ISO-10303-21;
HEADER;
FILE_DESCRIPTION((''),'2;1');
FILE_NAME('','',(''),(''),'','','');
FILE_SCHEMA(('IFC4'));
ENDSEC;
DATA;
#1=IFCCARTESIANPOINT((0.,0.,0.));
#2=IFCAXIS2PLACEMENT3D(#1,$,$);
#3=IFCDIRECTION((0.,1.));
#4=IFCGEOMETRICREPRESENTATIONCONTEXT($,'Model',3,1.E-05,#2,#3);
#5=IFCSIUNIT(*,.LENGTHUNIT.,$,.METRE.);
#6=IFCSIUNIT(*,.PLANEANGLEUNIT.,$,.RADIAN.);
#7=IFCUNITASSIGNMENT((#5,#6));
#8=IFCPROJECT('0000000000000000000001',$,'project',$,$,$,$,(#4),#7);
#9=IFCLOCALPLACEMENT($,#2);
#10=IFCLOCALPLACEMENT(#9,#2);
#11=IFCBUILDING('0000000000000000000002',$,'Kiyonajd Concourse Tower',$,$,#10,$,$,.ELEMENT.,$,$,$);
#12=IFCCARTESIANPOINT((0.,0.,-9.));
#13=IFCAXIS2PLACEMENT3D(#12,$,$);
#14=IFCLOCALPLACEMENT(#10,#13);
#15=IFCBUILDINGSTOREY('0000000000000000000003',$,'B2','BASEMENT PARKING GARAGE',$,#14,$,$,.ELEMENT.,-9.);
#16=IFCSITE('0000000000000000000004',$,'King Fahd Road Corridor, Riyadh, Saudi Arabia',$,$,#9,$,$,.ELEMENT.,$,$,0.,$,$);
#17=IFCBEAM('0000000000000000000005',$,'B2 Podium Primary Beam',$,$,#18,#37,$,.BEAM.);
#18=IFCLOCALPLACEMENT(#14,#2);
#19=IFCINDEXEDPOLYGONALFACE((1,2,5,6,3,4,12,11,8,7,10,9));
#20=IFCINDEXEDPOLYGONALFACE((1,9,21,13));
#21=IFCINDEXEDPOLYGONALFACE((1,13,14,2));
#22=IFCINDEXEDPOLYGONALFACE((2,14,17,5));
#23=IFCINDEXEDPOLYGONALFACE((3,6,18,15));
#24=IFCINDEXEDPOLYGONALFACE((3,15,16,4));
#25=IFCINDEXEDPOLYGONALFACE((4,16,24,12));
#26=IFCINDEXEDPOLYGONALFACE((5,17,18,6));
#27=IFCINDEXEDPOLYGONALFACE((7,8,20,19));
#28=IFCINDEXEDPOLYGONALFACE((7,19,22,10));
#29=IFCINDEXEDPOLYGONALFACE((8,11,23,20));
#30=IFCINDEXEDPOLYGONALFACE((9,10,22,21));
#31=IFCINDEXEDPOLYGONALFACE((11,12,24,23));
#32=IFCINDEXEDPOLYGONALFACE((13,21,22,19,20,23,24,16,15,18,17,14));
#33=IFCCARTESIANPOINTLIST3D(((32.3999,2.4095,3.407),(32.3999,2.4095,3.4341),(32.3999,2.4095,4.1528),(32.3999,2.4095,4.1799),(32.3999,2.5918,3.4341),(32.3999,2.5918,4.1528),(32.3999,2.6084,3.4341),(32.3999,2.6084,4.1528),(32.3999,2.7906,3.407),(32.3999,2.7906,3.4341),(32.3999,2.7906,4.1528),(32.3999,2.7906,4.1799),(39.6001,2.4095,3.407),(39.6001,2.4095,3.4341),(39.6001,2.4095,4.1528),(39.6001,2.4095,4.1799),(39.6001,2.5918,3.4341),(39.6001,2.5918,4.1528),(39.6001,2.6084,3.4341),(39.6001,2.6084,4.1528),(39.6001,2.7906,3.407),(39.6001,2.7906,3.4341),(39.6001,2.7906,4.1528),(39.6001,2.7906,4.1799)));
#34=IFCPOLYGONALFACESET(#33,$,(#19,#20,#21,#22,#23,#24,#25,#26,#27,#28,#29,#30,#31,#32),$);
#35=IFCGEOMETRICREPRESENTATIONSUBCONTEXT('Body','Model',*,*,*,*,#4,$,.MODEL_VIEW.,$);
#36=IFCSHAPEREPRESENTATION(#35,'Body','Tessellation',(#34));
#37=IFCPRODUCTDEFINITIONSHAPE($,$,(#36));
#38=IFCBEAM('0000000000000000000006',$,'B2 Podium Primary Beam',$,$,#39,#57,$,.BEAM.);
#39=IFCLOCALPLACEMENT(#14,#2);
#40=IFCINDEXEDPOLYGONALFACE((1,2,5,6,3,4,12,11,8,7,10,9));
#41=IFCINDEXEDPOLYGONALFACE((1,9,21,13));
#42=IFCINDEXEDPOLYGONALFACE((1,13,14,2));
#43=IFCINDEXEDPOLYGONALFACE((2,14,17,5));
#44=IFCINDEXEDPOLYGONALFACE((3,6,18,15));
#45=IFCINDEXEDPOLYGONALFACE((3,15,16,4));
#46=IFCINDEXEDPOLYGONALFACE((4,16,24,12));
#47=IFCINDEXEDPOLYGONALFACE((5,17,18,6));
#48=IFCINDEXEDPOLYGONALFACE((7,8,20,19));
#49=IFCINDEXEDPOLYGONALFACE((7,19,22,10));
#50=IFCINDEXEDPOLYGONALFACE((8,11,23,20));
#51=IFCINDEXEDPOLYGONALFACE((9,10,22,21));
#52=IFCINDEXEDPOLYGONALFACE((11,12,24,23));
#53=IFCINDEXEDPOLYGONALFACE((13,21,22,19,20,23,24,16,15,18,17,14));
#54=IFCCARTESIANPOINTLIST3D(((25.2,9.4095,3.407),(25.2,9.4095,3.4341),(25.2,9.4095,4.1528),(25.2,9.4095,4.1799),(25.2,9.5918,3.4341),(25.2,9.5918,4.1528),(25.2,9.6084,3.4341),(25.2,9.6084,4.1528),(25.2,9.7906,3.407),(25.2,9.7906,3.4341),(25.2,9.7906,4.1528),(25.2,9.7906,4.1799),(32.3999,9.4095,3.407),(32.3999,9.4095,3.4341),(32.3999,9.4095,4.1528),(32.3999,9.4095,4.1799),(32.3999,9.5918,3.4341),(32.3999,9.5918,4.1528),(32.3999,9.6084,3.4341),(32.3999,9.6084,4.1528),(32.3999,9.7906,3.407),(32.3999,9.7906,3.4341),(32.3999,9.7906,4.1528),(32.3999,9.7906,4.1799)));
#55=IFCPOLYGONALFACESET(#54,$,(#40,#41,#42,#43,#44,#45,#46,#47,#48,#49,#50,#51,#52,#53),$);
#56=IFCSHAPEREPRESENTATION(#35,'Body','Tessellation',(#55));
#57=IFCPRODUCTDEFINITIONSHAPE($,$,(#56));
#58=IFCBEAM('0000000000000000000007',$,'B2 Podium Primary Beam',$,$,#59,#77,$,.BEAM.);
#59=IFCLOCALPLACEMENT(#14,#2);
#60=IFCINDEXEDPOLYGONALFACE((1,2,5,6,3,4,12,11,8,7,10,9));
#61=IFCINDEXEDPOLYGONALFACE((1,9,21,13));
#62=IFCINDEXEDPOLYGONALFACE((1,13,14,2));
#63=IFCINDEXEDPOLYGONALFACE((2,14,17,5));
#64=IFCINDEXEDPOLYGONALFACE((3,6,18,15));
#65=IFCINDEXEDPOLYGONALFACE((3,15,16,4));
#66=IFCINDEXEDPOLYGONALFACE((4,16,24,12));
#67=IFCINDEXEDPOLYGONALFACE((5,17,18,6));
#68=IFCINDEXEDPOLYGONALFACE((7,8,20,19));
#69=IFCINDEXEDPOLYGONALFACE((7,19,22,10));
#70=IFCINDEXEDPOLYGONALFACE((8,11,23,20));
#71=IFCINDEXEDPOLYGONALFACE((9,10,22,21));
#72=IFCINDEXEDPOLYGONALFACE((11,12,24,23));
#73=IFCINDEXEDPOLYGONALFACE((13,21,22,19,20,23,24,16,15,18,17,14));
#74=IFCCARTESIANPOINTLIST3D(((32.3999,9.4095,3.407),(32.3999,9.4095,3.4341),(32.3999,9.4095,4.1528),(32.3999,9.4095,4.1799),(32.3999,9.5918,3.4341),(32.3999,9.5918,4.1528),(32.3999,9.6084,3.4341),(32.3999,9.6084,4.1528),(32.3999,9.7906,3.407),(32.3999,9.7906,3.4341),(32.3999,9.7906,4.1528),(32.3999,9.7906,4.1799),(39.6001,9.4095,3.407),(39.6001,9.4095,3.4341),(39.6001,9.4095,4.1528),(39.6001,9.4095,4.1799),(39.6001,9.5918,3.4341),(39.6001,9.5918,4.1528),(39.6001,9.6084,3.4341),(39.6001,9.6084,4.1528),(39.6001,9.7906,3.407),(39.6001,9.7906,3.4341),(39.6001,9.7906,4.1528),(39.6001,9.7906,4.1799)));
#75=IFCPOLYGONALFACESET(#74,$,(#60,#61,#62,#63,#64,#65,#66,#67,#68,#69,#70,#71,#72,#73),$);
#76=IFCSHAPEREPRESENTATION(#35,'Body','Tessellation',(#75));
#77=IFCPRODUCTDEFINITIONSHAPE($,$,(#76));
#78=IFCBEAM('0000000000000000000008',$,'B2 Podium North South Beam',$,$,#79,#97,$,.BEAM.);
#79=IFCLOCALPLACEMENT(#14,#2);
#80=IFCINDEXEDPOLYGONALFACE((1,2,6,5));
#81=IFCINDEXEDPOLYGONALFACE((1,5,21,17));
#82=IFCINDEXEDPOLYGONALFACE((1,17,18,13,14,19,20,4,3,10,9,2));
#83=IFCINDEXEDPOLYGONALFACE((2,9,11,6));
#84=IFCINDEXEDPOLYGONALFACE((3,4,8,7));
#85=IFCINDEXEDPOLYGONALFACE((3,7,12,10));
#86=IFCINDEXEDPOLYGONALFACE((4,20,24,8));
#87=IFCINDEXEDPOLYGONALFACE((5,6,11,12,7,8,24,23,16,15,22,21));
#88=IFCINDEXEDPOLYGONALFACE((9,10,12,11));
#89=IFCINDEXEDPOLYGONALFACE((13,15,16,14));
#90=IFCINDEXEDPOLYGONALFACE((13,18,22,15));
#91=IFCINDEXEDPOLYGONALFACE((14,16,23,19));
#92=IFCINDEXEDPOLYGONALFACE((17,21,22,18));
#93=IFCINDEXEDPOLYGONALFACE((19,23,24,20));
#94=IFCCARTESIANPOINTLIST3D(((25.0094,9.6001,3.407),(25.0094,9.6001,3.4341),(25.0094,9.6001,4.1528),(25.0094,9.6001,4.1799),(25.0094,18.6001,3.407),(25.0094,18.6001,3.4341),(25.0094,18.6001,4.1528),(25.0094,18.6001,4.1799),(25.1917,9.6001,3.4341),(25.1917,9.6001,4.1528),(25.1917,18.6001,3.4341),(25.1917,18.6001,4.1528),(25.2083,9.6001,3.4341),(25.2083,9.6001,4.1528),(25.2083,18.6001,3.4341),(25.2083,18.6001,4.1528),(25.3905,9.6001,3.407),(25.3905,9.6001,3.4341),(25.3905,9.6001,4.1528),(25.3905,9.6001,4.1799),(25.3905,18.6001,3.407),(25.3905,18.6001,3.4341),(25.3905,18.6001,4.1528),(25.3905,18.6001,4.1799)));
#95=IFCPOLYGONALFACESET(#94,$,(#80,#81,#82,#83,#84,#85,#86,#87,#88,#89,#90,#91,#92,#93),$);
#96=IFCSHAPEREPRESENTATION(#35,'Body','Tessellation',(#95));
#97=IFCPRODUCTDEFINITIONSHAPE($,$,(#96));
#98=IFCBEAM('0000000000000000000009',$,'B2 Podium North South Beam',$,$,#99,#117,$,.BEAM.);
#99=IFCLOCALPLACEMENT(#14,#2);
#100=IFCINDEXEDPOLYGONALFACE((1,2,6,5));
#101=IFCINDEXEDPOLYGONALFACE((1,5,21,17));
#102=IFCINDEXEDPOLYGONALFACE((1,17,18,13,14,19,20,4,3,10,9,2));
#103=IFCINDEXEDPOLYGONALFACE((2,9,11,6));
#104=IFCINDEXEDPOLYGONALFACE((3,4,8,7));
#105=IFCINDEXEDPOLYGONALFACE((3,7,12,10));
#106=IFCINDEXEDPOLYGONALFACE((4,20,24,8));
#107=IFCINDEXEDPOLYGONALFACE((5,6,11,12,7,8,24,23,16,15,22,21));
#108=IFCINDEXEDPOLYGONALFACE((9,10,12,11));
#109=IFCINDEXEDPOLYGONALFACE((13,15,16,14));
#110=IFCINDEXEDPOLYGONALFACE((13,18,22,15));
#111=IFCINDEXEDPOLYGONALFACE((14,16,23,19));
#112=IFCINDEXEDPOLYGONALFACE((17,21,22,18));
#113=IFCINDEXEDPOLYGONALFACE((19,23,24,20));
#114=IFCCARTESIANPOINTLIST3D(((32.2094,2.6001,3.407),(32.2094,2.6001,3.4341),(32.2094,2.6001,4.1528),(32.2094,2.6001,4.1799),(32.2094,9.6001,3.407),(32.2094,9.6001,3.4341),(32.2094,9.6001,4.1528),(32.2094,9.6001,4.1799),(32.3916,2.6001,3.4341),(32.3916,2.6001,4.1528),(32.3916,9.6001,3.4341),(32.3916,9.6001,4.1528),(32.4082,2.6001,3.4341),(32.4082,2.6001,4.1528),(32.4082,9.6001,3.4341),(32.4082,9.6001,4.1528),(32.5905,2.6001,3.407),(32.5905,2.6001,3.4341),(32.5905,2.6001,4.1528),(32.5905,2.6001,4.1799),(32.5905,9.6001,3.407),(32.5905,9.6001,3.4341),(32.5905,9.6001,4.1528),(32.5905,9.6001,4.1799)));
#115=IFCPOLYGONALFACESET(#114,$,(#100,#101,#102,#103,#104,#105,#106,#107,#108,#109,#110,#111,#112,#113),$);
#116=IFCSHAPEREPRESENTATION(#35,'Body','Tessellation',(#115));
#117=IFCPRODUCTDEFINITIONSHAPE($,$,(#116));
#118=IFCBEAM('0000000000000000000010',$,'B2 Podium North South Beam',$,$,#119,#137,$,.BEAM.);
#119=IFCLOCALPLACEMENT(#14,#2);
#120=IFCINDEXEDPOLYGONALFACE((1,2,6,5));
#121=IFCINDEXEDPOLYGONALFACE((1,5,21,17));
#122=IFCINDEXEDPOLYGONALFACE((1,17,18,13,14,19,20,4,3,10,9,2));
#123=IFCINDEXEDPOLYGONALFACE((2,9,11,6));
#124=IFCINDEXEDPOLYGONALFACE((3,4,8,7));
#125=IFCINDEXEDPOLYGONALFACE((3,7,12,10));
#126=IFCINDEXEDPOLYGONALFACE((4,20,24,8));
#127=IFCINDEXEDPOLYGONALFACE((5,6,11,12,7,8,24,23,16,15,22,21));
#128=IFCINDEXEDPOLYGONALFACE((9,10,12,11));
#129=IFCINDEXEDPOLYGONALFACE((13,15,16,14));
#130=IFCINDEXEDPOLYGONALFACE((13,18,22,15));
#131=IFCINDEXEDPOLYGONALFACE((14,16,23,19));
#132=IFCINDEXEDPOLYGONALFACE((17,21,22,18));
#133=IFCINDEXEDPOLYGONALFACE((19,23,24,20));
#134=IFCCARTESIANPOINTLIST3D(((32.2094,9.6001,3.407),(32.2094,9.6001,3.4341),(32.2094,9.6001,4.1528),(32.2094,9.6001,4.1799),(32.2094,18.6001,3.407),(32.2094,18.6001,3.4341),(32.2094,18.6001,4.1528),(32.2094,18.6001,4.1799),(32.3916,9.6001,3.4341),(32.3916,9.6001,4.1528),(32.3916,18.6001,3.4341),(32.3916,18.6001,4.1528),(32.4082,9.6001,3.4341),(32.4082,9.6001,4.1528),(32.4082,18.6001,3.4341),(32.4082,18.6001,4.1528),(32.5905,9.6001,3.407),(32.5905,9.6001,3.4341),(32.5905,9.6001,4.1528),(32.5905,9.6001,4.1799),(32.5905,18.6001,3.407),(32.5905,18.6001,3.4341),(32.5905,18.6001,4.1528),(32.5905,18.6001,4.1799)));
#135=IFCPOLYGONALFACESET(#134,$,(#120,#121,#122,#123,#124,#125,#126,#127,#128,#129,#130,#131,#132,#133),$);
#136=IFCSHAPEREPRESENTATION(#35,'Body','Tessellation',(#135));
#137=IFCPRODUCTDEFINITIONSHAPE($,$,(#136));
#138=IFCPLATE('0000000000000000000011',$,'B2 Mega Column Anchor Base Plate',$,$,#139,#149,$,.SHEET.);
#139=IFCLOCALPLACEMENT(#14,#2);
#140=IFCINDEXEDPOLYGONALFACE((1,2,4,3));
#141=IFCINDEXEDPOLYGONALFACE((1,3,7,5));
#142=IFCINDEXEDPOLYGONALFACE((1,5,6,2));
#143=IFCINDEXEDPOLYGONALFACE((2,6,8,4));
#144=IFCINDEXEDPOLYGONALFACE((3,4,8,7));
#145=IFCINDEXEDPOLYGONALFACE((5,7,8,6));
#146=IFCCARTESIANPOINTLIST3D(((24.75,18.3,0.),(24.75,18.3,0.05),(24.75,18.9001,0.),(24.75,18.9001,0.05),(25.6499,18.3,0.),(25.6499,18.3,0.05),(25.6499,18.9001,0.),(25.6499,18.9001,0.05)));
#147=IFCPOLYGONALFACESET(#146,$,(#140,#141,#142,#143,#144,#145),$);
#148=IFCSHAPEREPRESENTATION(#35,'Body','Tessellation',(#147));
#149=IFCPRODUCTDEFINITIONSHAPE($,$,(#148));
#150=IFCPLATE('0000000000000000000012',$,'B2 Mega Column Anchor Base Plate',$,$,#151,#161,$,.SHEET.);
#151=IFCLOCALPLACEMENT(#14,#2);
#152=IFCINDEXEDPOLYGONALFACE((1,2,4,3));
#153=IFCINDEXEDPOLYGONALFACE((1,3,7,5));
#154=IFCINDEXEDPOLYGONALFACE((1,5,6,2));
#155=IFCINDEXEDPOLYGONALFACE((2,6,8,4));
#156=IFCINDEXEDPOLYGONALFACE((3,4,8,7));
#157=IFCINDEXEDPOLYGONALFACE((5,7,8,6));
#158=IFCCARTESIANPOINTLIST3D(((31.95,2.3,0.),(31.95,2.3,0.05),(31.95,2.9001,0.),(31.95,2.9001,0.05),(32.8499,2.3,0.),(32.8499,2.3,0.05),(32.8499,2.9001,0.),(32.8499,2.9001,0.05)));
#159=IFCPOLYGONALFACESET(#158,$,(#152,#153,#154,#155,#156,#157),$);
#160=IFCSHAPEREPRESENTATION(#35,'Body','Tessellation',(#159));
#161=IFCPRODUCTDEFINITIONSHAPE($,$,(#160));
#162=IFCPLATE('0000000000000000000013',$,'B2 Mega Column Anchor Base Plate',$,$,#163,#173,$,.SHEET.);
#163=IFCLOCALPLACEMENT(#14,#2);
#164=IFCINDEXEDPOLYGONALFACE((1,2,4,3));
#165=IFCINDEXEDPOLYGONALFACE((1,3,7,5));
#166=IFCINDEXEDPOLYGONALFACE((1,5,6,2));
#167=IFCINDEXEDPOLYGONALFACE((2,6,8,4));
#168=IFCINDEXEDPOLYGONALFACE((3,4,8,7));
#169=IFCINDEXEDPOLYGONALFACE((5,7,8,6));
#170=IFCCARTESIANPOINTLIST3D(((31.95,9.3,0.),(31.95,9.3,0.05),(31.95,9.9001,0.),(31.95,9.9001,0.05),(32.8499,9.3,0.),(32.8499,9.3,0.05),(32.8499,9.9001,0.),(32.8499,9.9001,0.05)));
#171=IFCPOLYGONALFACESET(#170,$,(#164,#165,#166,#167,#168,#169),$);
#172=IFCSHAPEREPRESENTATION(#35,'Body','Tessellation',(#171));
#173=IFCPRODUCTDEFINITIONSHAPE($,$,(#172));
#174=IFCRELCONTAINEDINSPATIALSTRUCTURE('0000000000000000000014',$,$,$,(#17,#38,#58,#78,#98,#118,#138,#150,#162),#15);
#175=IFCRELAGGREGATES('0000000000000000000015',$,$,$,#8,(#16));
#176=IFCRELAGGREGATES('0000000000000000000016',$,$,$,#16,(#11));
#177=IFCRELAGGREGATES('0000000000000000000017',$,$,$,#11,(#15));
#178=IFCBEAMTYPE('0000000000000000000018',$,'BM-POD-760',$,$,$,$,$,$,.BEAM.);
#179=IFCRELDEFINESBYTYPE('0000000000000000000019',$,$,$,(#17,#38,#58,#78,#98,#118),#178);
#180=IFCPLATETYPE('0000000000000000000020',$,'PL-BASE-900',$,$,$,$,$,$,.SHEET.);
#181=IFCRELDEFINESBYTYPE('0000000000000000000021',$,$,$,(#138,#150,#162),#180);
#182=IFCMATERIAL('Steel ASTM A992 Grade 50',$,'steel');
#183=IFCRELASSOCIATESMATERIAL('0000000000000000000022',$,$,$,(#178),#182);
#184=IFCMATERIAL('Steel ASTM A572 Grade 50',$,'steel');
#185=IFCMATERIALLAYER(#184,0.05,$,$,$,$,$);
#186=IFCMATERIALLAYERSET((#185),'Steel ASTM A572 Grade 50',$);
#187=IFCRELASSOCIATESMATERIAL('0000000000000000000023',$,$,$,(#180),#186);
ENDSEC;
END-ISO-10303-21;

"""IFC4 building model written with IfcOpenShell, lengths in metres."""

from ifc_helpers import new_model, si_unit, direction, frame, origin, origin_2d, place, context, subcontext, project, spatial, rectangle, i_section, extrude, material, layer, layer_set, material_profile, profile_set, type_object, element, save


model = new_model("IFC4")

# Units and contexts
model_context = context("Model", 3, precision=1e-05, world=origin(), true_north=direction((0.0, 1.0)))
body_context = subcontext(model_context, "Body", "Model", "MODEL_VIEW")
ifc_project = project(units=[si_unit("LENGTHUNIT", "METRE"), si_unit("PLANEANGLEUNIT", "RADIAN")], contexts=[model_context])

# Site, building, storey
site_placement = place(None, origin())
site = spatial("IfcSite", under=ifc_project, at=site_placement, Name="King Fahd Road Corridor, Riyadh, Saudi Arabia", CompositionType="ELEMENT", RefElevation=0.0)
building_placement = place(site_placement, origin())
building = spatial("IfcBuilding", under=site, at=building_placement, Name="Kiyonajd Concourse Tower", CompositionType="ELEMENT")
storey_placement = place(building_placement, frame((0.0, 0.0, -9.0)))
storey = spatial("IfcBuildingStorey", under=building, at=storey_placement, Name="B2", Description="BASEMENT PARKING GARAGE", CompositionType="ELEMENT", Elevation=-9.0)

# Beams
ifc_material_1 = material(Name="Steel ASTM A992 Grade 50", Category="steel")
ifc_material_profile_1 = material_profile(ifc_material_1, i_section(OverallWidth=0.3811, OverallDepth=0.7729, WebThickness=0.0166, FlangeThickness=0.0271, at=origin_2d()), Name="W760X257")
ifc_profile_set_1 = profile_set([ifc_material_profile_1], Name="Steel ASTM A992 Grade 50")
beam_type = type_object("IfcBeamType", Name="BM-POD-760", PredefinedType="BEAM", material=ifc_profile_set_1)
beam_1_placement = place(storey_placement, frame((32.3999, 2.6001, 3.7935), z_axis=(1.0, 0.0, 0.0), x_axis=(0.0, 1.0, 0.0)))
element("IfcBeam", 1, at=beam_1_placement, inside=storey, type_object=beam_type, Name="B2 Podium Primary Beam", PredefinedType="BEAM", context=body_context, shape_type="SweptSolid", body=[
    extrude(i_section(OverallWidth=0.3811, OverallDepth=0.7729, WebThickness=0.0166, FlangeThickness=0.0271, at=origin_2d()), origin(), (0.0, 0.0, 1.0), 7.2002),
])
beam_2_placement = place(storey_placement, frame((25.2, 9.6001, 3.7935), z_axis=(1.0, 0.0, 0.0), x_axis=(0.0, 1.0, 0.0)))
element("IfcBeam", 2, at=beam_2_placement, inside=storey, type_object=beam_type, Name="B2 Podium Primary Beam", PredefinedType="BEAM", context=body_context, shape_type="SweptSolid", body=[
    extrude(i_section(OverallWidth=0.3811, OverallDepth=0.7729, WebThickness=0.0166, FlangeThickness=0.0271, at=origin_2d()), origin(), (0.0, 0.0, 1.0), 7.2),
])
beam_3_placement = place(storey_placement, frame((32.3999, 9.6001, 3.7935), z_axis=(1.0, 0.0, 0.0), x_axis=(0.0, 1.0, 0.0)))
element("IfcBeam", 3, at=beam_3_placement, inside=storey, type_object=beam_type, Name="B2 Podium Primary Beam", PredefinedType="BEAM", context=body_context, shape_type="SweptSolid", body=[
    extrude(i_section(OverallWidth=0.3811, OverallDepth=0.7729, WebThickness=0.0166, FlangeThickness=0.0271, at=origin_2d()), origin(), (0.0, 0.0, 1.0), 7.2002),
])
beam_4_placement = place(storey_placement, frame((25.2, 9.6001, 3.7935), z_axis=(0.0, 1.0, 0.0), x_axis=(-1.0, 0.0, 0.0)))
element("IfcBeam", 4, at=beam_4_placement, inside=storey, type_object=beam_type, Name="B2 Podium North South Beam", PredefinedType="BEAM", context=body_context, shape_type="SweptSolid", body=[
    extrude(i_section(OverallWidth=0.3811, OverallDepth=0.7729, WebThickness=0.0166, FlangeThickness=0.0271, at=origin_2d()), origin(), (0.0, 0.0, 1.0), 9.0),
])
beam_5_placement = place(storey_placement, frame((32.3999, 2.6001, 3.7935), z_axis=(0.0, 1.0, 0.0), x_axis=(-1.0, 0.0, 0.0)))
element("IfcBeam", 5, at=beam_5_placement, inside=storey, type_object=beam_type, Name="B2 Podium North South Beam", PredefinedType="BEAM", context=body_context, shape_type="SweptSolid", body=[
    extrude(i_section(OverallWidth=0.3811, OverallDepth=0.7729, WebThickness=0.0166, FlangeThickness=0.0271, at=origin_2d()), origin(), (0.0, 0.0, 1.0), 7.0),
])
beam_6_placement = place(storey_placement, frame((32.3999, 9.6001, 3.7935), z_axis=(0.0, 1.0, 0.0), x_axis=(-1.0, 0.0, 0.0)))
element("IfcBeam", 6, at=beam_6_placement, inside=storey, type_object=beam_type, Name="B2 Podium North South Beam", PredefinedType="BEAM", context=body_context, shape_type="SweptSolid", body=[
    extrude(i_section(OverallWidth=0.3811, OverallDepth=0.7729, WebThickness=0.0166, FlangeThickness=0.0271, at=origin_2d()), origin(), (0.0, 0.0, 1.0), 9.0),
])

# Plates
ifc_material_2 = material(Name="Steel ASTM A572 Grade 50", Category="steel")
ifc_layer = layer(ifc_material_2, 0.05)
ifc_layer_set = layer_set([ifc_layer], Name="Steel ASTM A572 Grade 50")
plate_type = type_object("IfcPlateType", Name="PL-BASE-900", PredefinedType="SHEET", material=ifc_layer_set)
for number, where, z_axis, x_axis, name in (
    (7, (25.2, 18.6001, 0.0), (0.0, 0.0, 1.0), (1.0, 0.0, 0.0), "B2 Mega Column Anchor Base Plate"),
    (8, (32.3999, 2.6001, 0.0), (0.0, 0.0, 1.0), (1.0, 0.0, 0.0), "B2 Mega Column Anchor Base Plate"),
    (9, (32.3999, 9.6001, 0.0), (0.0, 0.0, 1.0), (1.0, 0.0, 0.0), "B2 Mega Column Anchor Base Plate"),
):
    element("IfcPlate", number, at=place(storey_placement, frame(where, z_axis=z_axis, x_axis=x_axis)), inside=storey, type_object=plate_type, Name=name, PredefinedType="SHEET", context=body_context, shape_type="SweptSolid", body=[
        extrude(rectangle(XDim=0.8999, YDim=0.6001, at=origin_2d()), origin(), (0.0, 0.0, 1.0), 0.05),
    ])

save(model, "model.ifc")
